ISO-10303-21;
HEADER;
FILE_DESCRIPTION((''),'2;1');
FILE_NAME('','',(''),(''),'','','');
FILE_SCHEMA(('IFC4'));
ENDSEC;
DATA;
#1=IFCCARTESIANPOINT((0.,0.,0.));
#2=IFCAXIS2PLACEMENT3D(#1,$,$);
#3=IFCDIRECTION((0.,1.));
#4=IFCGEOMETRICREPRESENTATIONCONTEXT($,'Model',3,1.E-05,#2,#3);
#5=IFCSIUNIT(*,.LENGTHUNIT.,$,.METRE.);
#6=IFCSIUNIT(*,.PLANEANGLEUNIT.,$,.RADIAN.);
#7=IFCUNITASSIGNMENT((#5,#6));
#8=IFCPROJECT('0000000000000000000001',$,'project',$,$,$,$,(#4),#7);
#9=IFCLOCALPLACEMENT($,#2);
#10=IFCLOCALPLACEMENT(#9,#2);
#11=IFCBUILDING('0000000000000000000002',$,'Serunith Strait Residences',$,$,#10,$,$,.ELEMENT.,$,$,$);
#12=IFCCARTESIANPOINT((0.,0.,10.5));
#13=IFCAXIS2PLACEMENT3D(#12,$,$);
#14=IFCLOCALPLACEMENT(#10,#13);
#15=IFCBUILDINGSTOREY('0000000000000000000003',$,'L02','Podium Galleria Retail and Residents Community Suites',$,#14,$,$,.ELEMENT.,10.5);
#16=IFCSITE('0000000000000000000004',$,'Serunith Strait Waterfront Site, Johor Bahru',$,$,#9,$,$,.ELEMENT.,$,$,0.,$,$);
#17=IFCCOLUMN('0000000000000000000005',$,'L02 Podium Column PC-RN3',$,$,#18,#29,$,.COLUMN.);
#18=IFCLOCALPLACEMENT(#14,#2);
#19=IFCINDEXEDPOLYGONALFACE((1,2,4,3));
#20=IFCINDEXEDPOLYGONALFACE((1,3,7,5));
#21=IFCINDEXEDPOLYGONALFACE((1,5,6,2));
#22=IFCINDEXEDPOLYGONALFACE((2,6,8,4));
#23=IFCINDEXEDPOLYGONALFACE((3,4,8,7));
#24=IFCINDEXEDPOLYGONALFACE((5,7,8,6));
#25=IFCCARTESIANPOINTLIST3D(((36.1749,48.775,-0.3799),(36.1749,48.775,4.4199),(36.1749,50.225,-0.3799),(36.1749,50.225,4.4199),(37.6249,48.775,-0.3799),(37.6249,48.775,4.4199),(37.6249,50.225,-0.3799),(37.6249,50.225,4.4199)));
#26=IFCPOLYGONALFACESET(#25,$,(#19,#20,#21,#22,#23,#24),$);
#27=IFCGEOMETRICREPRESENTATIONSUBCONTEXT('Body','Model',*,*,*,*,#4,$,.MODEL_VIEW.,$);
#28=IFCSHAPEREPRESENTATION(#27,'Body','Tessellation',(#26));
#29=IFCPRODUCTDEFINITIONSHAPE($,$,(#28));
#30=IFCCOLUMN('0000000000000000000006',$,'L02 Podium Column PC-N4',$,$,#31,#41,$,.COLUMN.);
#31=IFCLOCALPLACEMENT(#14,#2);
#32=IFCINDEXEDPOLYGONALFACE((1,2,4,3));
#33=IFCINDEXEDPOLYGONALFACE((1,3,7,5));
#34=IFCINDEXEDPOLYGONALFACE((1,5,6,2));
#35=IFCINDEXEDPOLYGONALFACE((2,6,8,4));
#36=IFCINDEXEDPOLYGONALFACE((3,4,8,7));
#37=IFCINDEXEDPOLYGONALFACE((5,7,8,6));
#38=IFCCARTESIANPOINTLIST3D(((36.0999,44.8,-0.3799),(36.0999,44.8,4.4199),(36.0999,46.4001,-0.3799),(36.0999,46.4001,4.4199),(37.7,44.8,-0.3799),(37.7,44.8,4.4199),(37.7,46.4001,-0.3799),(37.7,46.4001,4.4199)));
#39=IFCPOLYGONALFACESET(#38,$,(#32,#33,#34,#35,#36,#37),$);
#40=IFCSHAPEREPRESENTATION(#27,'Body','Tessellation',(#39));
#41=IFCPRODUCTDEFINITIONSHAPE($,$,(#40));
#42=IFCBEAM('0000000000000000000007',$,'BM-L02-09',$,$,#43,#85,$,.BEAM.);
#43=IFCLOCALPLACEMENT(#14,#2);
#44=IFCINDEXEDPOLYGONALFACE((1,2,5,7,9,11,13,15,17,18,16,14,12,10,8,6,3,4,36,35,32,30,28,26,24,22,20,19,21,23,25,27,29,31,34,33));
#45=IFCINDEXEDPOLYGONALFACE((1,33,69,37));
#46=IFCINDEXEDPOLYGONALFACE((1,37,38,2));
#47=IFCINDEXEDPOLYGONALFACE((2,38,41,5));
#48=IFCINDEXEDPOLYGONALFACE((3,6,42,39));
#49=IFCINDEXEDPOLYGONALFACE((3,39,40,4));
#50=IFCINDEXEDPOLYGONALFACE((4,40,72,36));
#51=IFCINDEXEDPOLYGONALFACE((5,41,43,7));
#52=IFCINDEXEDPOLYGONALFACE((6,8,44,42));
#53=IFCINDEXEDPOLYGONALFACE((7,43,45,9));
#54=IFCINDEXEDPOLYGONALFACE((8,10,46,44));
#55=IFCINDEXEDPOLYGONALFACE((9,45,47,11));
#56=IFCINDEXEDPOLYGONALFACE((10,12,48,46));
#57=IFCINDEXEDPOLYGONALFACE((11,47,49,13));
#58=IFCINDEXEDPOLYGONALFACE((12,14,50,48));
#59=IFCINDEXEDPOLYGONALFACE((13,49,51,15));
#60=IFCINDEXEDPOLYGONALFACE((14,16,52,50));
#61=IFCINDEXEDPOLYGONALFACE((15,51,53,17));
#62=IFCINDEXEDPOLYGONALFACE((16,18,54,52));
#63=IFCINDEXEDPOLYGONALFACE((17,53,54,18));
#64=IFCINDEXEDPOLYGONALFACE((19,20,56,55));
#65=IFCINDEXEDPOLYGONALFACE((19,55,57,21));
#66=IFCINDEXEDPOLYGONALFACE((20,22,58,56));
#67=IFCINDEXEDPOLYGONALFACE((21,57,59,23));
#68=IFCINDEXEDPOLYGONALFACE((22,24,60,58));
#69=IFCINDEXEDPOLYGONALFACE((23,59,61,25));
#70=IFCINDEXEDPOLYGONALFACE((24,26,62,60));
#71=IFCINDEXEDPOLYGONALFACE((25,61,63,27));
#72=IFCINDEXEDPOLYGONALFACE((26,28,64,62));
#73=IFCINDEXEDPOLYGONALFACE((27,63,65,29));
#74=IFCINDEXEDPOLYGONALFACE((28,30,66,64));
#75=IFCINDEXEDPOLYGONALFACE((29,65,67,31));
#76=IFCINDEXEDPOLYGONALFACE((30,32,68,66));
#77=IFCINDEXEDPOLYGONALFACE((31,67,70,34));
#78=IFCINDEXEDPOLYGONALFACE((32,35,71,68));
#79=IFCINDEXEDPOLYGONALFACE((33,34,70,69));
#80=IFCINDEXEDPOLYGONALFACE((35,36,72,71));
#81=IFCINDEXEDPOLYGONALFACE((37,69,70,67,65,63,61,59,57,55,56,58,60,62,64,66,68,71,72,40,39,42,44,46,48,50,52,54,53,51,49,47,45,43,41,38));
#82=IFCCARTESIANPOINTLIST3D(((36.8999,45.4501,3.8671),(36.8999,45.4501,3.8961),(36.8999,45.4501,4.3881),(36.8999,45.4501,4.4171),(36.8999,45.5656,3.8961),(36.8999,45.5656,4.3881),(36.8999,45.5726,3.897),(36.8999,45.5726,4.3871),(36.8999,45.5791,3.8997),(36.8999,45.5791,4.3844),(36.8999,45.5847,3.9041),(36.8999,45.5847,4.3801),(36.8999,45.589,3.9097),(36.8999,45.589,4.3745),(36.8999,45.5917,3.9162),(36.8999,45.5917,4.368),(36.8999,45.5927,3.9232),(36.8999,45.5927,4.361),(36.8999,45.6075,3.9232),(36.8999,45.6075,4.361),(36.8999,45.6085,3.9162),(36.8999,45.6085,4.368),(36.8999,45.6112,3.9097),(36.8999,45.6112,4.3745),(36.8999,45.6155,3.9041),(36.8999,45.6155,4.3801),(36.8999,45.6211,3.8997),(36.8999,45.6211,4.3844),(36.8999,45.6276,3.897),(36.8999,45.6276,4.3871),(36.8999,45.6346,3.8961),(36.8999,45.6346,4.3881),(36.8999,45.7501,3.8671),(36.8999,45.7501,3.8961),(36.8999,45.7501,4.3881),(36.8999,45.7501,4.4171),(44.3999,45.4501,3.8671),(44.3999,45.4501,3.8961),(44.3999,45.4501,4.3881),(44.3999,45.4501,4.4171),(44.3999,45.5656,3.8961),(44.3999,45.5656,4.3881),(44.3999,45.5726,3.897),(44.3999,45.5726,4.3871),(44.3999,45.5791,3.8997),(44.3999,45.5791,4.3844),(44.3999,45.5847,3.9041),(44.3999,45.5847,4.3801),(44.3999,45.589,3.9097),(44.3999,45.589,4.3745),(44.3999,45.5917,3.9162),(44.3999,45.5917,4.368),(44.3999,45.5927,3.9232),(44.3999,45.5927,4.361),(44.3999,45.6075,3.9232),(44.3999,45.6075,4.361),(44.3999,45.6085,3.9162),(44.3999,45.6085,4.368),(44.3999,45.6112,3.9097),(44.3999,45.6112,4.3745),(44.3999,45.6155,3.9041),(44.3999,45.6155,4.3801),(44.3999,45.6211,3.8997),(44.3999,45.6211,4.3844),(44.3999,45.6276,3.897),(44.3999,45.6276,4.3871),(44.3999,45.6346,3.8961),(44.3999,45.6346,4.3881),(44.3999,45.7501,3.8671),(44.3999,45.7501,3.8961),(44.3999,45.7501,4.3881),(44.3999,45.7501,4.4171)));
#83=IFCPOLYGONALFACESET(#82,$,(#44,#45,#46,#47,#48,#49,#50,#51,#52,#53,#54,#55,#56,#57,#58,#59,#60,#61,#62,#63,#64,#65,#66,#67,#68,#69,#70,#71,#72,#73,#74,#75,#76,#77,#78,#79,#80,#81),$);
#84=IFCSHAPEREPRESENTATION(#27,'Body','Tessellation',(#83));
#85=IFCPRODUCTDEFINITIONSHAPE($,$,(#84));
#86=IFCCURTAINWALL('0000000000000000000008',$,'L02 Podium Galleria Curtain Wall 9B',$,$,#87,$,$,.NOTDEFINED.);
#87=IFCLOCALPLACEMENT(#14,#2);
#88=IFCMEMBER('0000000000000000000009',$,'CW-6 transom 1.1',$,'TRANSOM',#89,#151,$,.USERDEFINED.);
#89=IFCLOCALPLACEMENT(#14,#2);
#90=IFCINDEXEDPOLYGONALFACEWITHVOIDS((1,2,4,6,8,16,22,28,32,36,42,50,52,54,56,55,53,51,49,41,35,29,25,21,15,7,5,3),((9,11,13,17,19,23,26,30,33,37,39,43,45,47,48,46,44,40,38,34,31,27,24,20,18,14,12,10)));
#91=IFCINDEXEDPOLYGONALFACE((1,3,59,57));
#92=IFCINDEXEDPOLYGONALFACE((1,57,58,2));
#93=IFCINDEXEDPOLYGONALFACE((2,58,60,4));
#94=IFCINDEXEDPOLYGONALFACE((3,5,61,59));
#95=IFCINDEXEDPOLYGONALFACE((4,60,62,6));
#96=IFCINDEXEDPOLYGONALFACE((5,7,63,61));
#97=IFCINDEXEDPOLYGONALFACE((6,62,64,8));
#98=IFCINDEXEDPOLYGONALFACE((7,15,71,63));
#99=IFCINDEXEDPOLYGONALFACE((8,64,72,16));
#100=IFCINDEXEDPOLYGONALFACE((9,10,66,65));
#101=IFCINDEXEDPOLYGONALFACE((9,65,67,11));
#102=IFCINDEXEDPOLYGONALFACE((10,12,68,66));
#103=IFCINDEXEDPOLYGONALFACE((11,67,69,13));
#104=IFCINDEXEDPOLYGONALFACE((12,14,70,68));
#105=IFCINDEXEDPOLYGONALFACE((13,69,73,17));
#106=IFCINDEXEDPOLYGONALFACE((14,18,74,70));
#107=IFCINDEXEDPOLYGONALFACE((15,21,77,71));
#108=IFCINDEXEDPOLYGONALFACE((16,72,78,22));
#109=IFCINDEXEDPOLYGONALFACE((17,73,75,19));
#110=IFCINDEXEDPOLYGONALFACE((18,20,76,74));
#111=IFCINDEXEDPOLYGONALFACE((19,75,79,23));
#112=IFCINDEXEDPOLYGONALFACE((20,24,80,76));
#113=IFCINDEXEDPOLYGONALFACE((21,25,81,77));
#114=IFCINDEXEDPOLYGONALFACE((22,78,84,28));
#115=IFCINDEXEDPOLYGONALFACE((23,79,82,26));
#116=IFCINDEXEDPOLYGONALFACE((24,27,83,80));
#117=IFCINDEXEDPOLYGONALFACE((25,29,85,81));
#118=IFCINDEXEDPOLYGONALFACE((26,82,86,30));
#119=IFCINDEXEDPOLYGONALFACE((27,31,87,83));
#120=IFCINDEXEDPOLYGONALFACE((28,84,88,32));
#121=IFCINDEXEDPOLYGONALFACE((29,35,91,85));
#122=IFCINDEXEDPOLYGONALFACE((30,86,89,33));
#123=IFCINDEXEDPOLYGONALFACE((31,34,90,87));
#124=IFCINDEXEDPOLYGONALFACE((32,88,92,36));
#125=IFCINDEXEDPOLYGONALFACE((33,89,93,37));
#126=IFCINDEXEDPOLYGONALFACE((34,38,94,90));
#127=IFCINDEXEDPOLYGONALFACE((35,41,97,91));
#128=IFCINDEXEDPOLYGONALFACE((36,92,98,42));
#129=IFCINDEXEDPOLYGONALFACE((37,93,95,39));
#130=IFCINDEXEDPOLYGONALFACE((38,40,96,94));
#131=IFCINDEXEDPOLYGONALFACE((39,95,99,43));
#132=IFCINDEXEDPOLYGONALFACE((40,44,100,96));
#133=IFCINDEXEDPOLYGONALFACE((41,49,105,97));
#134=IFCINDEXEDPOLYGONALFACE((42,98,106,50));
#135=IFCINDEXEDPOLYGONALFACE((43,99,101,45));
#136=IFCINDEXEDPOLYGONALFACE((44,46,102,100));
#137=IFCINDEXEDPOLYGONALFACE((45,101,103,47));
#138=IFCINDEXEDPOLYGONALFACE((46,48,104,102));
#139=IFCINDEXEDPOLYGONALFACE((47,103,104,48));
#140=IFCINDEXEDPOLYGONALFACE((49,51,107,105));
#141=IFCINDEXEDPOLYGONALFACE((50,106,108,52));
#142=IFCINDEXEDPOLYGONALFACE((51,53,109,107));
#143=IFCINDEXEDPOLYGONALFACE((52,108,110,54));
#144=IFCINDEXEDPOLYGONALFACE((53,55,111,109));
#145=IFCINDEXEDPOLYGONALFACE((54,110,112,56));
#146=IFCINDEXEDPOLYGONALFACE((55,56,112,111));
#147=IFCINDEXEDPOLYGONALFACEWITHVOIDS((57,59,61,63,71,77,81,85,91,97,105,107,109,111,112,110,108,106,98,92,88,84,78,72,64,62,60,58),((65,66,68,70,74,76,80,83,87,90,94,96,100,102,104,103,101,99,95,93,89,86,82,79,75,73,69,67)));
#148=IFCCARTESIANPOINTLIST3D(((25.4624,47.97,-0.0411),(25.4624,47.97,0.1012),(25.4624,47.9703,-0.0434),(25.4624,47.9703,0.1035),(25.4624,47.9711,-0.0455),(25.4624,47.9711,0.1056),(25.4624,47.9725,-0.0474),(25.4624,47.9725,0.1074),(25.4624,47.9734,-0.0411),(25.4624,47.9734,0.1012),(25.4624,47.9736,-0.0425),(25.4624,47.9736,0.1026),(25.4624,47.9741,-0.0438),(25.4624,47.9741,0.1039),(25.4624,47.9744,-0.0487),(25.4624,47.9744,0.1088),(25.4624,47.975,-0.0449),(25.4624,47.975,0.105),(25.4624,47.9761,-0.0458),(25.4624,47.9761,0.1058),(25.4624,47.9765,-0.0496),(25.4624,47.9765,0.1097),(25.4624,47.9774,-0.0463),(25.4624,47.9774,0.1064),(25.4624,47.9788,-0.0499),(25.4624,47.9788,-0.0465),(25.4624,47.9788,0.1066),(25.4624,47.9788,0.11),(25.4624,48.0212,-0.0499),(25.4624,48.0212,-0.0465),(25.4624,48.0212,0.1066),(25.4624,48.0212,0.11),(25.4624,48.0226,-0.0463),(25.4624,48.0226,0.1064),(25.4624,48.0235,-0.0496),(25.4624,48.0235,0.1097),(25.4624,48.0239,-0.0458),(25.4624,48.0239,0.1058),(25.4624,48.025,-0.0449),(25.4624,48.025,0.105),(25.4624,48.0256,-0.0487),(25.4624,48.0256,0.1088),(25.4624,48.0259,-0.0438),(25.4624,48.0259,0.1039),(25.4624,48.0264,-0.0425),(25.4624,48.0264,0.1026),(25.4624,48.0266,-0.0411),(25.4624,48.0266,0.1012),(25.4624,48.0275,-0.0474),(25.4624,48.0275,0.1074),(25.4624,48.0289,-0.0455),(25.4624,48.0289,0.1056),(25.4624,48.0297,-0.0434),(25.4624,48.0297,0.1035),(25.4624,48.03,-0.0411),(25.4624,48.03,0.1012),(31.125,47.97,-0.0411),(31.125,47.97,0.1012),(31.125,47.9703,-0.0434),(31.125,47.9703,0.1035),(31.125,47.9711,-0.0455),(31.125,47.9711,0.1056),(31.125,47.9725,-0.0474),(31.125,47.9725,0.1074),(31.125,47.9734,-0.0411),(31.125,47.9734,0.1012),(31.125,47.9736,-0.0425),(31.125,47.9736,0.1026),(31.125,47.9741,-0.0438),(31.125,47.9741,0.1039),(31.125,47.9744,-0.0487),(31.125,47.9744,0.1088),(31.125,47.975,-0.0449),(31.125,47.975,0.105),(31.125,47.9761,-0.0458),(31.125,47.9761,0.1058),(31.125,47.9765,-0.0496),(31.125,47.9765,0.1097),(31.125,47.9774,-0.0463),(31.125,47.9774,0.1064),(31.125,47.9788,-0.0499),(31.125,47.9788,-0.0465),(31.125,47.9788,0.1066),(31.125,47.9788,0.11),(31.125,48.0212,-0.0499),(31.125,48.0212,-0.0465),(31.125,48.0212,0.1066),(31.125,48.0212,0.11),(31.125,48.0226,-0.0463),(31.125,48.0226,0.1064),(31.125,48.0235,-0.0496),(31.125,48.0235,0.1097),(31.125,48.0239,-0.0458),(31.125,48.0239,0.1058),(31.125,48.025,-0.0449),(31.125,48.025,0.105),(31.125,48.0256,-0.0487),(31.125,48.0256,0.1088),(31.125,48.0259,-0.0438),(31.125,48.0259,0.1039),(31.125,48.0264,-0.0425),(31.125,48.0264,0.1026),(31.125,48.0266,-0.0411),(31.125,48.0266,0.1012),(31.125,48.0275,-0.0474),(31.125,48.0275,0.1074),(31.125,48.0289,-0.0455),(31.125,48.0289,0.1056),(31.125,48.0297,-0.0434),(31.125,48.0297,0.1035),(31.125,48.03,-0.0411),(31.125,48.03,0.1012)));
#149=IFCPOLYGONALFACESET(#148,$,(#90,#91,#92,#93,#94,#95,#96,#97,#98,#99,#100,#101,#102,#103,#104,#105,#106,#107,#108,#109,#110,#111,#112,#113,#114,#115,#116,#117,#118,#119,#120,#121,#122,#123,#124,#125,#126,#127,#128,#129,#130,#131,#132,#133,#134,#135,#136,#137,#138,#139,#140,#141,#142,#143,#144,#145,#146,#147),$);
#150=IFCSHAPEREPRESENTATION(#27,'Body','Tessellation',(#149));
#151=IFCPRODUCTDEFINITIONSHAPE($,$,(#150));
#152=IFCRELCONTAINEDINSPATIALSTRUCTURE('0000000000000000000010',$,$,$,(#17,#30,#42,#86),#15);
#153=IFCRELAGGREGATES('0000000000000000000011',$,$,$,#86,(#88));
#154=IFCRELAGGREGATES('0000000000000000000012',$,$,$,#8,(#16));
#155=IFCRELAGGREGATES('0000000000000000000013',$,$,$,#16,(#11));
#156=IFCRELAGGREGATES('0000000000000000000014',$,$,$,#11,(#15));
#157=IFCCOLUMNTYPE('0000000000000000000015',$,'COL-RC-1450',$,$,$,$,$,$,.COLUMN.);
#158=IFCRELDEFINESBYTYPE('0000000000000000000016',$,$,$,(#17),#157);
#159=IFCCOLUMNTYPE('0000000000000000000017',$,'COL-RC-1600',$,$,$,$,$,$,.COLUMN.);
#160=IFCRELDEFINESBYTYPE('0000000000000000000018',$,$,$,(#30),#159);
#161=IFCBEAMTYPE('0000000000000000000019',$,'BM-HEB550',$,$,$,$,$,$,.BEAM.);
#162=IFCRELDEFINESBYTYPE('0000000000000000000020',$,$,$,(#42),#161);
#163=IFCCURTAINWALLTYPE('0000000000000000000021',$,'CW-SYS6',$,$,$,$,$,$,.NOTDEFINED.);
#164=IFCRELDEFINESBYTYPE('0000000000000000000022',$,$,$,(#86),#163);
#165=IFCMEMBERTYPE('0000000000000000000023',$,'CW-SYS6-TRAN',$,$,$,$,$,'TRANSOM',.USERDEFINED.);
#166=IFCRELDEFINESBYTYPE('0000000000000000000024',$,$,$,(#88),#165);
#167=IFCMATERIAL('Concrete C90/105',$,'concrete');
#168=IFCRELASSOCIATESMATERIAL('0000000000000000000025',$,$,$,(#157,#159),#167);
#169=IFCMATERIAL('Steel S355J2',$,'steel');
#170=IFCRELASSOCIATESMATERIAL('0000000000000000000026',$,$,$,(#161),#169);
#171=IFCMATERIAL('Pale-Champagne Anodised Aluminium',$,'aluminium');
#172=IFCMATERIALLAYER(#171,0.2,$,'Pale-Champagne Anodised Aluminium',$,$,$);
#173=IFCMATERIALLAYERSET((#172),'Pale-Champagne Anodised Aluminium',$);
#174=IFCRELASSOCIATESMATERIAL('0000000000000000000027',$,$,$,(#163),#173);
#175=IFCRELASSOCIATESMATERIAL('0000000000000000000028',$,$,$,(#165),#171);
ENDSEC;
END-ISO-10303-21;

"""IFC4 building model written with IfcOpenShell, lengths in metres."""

from ifc_helpers import new_model, si_unit, direction, frame, origin, origin_2d, place, context, subcontext, project, spatial, rectangle, hollow_rectangle, i_section, extrude, source, transform, mapped, material, layer, layer_set, material_profile, profile_set, type_object, element, aggregate, save


model = new_model("IFC4")

# Units and contexts
model_context = context("Model", 3, precision=1e-05, world=origin(), true_north=direction((0.0, 1.0)))
body_context = subcontext(model_context, "Body", "Model", "MODEL_VIEW")
ifc_project = project(units=[si_unit("LENGTHUNIT", "METRE"), si_unit("PLANEANGLEUNIT", "RADIAN")], contexts=[model_context])

# Site, building, storey
site_placement = place(None, origin())
site = spatial("IfcSite", under=ifc_project, at=site_placement, Name="Serunith Strait Waterfront Site, Johor Bahru", CompositionType="ELEMENT", RefElevation=0.0)
building_placement = place(site_placement, origin())
building = spatial("IfcBuilding", under=site, at=building_placement, Name="Serunith Strait Residences", CompositionType="ELEMENT")
storey_placement = place(building_placement, frame((0.0, 0.0, 10.5)))
storey = spatial("IfcBuildingStorey", under=building, at=storey_placement, Name="L02", Description="Podium Galleria Retail and Residents Community Suites", CompositionType="ELEMENT", Elevation=10.5)

# Columns
ifc_material_1 = material(Name="Concrete C90/105", Category="concrete")
ifc_material_profile_1 = material_profile(ifc_material_1, rectangle(XDim=1.45, YDim=1.45, at=origin_2d()), Name="RC 1450x1450")
ifc_profile_set_1 = profile_set([ifc_material_profile_1], Name="Concrete C90/105")
column_type_1 = type_object("IfcColumnType", Name="COL-RC-1450", PredefinedType="COLUMN", material=ifc_profile_set_1)
shared_shape_1 = source(origin(), body_context, "Body", "SweptSolid", [
    extrude(rectangle(XDim=1.45, YDim=1.45, at=origin_2d()), origin(), (0.0, 0.0, 1.0), 4.7998),
])
column_1_placement = place(storey_placement, frame((36.8999, 49.5, -0.3799), z_axis=(0.0, 0.0, 1.0), x_axis=(1.0, 0.0, 0.0)))
element("IfcColumn", 1, at=column_1_placement, inside=storey, type_object=column_type_1, Name="L02 Podium Column PC-RN3", PredefinedType="COLUMN", context=body_context, shape_type="MappedRepresentation", body=[
    mapped(shared_shape_1, transform((0.0, 0.0, 0.0), scale=1.0)),
])
ifc_material_profile_2 = material_profile(ifc_material_1, rectangle(XDim=1.6001, YDim=1.6001, at=origin_2d()), Name="RC 1600x1600")
ifc_profile_set_2 = profile_set([ifc_material_profile_2], Name="Concrete C90/105")
column_type_2 = type_object("IfcColumnType", Name="COL-RC-1600", PredefinedType="COLUMN", material=ifc_profile_set_2)
shared_shape_2 = source(origin(), body_context, "Body", "SweptSolid", [
    extrude(rectangle(XDim=1.6001, YDim=1.6001, at=origin_2d()), origin(), (0.0, 0.0, 1.0), 4.7998),
])
column_2_placement = place(storey_placement, frame((36.8999, 45.6001, -0.3799), z_axis=(0.0, 0.0, 1.0), x_axis=(1.0, 0.0, 0.0)))
element("IfcColumn", 2, at=column_2_placement, inside=storey, type_object=column_type_2, Name="L02 Podium Column PC-N4", PredefinedType="COLUMN", context=body_context, shape_type="MappedRepresentation", body=[
    mapped(shared_shape_2, transform((0.0, 0.0, 0.0), scale=1.0)),
])

# Beam
ifc_material_2 = material(Name="Steel S355J2", Category="steel")
ifc_material_profile_3 = material_profile(ifc_material_2, i_section(OverallWidth=0.3, OverallDepth=0.55, WebThickness=0.0149, FlangeThickness=0.0291, FilletRadius=0.0271, at=origin_2d()), Name="HEB 550")
ifc_profile_set_3 = profile_set([ifc_material_profile_3], Name="Steel S355J2")
beam_type = type_object("IfcBeamType", Name="BM-HEB550", PredefinedType="BEAM", material=ifc_profile_set_3)
shared_shape_3 = source(origin(), body_context, "Body", "SweptSolid", [
    extrude(i_section(OverallWidth=0.3, OverallDepth=0.55, WebThickness=0.0149, FlangeThickness=0.0291, FilletRadius=0.0271, at=origin_2d()), origin(), (0.0, 0.0, 1.0), 7.5),
])
beam_placement = place(storey_placement, frame((36.8999, 45.6001, 4.1421), z_axis=(1.0, 0.0, 0.0), x_axis=(0.0, 1.0, 0.0)))
element("IfcBeam", 3, at=beam_placement, inside=storey, type_object=beam_type, Name="BM-L02-09", PredefinedType="BEAM", context=body_context, shape_type="MappedRepresentation", body=[
    mapped(shared_shape_3, transform((0.0, 0.0, 0.0), scale=1.0)),
])

# Curtain wall, member
ifc_material_3 = material(Name="Pale-Champagne Anodised Aluminium", Category="aluminium")
ifc_layer_1 = layer(ifc_material_3, 0.2, Name="Pale-Champagne Anodised Aluminium")
ifc_layer_set_1 = layer_set([ifc_layer_1], Name="Pale-Champagne Anodised Aluminium")
curtain_wall_type = type_object("IfcCurtainWallType", Name="CW-SYS6", PredefinedType="NOTDEFINED", material=ifc_layer_set_1)
curtain_wall_1_placement = place(storey_placement, origin())
curtain_wall_1 = element("IfcCurtainWall", 4, at=curtain_wall_1_placement, inside=storey, type_object=curtain_wall_type, Name="L02 Podium Galleria Curtain Wall 9B", PredefinedType="NOTDEFINED")
ifc_material_profile_4 = material_profile(ifc_material_3, hollow_rectangle(XDim=0.0601, YDim=0.1599, WallThickness=0.0034, InnerFilletRadius=0.0054, OuterFilletRadius=0.0088, at=origin_2d()), Name="ALU 160x60x3.5")
ifc_profile_set_4 = profile_set([ifc_material_profile_4], Name="Pale-Champagne Anodised Aluminium")
member_type_1 = type_object("IfcMemberType", Name="CW-SYS6-TRAN", ElementType="TRANSOM", PredefinedType="USERDEFINED", material=ifc_profile_set_4)
shared_shape_4 = source(origin(), body_context, "Body", "SweptSolid", [
    extrude(hollow_rectangle(XDim=0.0601, YDim=0.1599, WallThickness=0.0034, InnerFilletRadius=0.0054, OuterFilletRadius=0.0088, at=origin_2d()), origin(), (0.0, 0.0, 1.0), 5.6626),
])
member_1_placement = place(storey_placement, frame((31.125, 48.0, 0.03), z_axis=(-1.0, 0.0, 0.0), x_axis=(0.0, -1.0, 0.0)))
member_1 = element("IfcMember", 5, at=member_1_placement, type_object=member_type_1, Name="CW-6 transom 1.1", ObjectType="TRANSOM", PredefinedType="USERDEFINED", context=body_context, shape_type="MappedRepresentation", body=[
    mapped(shared_shape_4, transform((0.0, 0.0, 0.0), scale=1.0)),
])

aggregate(curtain_wall_1, [member_1])

save(model, "model.ifc")
